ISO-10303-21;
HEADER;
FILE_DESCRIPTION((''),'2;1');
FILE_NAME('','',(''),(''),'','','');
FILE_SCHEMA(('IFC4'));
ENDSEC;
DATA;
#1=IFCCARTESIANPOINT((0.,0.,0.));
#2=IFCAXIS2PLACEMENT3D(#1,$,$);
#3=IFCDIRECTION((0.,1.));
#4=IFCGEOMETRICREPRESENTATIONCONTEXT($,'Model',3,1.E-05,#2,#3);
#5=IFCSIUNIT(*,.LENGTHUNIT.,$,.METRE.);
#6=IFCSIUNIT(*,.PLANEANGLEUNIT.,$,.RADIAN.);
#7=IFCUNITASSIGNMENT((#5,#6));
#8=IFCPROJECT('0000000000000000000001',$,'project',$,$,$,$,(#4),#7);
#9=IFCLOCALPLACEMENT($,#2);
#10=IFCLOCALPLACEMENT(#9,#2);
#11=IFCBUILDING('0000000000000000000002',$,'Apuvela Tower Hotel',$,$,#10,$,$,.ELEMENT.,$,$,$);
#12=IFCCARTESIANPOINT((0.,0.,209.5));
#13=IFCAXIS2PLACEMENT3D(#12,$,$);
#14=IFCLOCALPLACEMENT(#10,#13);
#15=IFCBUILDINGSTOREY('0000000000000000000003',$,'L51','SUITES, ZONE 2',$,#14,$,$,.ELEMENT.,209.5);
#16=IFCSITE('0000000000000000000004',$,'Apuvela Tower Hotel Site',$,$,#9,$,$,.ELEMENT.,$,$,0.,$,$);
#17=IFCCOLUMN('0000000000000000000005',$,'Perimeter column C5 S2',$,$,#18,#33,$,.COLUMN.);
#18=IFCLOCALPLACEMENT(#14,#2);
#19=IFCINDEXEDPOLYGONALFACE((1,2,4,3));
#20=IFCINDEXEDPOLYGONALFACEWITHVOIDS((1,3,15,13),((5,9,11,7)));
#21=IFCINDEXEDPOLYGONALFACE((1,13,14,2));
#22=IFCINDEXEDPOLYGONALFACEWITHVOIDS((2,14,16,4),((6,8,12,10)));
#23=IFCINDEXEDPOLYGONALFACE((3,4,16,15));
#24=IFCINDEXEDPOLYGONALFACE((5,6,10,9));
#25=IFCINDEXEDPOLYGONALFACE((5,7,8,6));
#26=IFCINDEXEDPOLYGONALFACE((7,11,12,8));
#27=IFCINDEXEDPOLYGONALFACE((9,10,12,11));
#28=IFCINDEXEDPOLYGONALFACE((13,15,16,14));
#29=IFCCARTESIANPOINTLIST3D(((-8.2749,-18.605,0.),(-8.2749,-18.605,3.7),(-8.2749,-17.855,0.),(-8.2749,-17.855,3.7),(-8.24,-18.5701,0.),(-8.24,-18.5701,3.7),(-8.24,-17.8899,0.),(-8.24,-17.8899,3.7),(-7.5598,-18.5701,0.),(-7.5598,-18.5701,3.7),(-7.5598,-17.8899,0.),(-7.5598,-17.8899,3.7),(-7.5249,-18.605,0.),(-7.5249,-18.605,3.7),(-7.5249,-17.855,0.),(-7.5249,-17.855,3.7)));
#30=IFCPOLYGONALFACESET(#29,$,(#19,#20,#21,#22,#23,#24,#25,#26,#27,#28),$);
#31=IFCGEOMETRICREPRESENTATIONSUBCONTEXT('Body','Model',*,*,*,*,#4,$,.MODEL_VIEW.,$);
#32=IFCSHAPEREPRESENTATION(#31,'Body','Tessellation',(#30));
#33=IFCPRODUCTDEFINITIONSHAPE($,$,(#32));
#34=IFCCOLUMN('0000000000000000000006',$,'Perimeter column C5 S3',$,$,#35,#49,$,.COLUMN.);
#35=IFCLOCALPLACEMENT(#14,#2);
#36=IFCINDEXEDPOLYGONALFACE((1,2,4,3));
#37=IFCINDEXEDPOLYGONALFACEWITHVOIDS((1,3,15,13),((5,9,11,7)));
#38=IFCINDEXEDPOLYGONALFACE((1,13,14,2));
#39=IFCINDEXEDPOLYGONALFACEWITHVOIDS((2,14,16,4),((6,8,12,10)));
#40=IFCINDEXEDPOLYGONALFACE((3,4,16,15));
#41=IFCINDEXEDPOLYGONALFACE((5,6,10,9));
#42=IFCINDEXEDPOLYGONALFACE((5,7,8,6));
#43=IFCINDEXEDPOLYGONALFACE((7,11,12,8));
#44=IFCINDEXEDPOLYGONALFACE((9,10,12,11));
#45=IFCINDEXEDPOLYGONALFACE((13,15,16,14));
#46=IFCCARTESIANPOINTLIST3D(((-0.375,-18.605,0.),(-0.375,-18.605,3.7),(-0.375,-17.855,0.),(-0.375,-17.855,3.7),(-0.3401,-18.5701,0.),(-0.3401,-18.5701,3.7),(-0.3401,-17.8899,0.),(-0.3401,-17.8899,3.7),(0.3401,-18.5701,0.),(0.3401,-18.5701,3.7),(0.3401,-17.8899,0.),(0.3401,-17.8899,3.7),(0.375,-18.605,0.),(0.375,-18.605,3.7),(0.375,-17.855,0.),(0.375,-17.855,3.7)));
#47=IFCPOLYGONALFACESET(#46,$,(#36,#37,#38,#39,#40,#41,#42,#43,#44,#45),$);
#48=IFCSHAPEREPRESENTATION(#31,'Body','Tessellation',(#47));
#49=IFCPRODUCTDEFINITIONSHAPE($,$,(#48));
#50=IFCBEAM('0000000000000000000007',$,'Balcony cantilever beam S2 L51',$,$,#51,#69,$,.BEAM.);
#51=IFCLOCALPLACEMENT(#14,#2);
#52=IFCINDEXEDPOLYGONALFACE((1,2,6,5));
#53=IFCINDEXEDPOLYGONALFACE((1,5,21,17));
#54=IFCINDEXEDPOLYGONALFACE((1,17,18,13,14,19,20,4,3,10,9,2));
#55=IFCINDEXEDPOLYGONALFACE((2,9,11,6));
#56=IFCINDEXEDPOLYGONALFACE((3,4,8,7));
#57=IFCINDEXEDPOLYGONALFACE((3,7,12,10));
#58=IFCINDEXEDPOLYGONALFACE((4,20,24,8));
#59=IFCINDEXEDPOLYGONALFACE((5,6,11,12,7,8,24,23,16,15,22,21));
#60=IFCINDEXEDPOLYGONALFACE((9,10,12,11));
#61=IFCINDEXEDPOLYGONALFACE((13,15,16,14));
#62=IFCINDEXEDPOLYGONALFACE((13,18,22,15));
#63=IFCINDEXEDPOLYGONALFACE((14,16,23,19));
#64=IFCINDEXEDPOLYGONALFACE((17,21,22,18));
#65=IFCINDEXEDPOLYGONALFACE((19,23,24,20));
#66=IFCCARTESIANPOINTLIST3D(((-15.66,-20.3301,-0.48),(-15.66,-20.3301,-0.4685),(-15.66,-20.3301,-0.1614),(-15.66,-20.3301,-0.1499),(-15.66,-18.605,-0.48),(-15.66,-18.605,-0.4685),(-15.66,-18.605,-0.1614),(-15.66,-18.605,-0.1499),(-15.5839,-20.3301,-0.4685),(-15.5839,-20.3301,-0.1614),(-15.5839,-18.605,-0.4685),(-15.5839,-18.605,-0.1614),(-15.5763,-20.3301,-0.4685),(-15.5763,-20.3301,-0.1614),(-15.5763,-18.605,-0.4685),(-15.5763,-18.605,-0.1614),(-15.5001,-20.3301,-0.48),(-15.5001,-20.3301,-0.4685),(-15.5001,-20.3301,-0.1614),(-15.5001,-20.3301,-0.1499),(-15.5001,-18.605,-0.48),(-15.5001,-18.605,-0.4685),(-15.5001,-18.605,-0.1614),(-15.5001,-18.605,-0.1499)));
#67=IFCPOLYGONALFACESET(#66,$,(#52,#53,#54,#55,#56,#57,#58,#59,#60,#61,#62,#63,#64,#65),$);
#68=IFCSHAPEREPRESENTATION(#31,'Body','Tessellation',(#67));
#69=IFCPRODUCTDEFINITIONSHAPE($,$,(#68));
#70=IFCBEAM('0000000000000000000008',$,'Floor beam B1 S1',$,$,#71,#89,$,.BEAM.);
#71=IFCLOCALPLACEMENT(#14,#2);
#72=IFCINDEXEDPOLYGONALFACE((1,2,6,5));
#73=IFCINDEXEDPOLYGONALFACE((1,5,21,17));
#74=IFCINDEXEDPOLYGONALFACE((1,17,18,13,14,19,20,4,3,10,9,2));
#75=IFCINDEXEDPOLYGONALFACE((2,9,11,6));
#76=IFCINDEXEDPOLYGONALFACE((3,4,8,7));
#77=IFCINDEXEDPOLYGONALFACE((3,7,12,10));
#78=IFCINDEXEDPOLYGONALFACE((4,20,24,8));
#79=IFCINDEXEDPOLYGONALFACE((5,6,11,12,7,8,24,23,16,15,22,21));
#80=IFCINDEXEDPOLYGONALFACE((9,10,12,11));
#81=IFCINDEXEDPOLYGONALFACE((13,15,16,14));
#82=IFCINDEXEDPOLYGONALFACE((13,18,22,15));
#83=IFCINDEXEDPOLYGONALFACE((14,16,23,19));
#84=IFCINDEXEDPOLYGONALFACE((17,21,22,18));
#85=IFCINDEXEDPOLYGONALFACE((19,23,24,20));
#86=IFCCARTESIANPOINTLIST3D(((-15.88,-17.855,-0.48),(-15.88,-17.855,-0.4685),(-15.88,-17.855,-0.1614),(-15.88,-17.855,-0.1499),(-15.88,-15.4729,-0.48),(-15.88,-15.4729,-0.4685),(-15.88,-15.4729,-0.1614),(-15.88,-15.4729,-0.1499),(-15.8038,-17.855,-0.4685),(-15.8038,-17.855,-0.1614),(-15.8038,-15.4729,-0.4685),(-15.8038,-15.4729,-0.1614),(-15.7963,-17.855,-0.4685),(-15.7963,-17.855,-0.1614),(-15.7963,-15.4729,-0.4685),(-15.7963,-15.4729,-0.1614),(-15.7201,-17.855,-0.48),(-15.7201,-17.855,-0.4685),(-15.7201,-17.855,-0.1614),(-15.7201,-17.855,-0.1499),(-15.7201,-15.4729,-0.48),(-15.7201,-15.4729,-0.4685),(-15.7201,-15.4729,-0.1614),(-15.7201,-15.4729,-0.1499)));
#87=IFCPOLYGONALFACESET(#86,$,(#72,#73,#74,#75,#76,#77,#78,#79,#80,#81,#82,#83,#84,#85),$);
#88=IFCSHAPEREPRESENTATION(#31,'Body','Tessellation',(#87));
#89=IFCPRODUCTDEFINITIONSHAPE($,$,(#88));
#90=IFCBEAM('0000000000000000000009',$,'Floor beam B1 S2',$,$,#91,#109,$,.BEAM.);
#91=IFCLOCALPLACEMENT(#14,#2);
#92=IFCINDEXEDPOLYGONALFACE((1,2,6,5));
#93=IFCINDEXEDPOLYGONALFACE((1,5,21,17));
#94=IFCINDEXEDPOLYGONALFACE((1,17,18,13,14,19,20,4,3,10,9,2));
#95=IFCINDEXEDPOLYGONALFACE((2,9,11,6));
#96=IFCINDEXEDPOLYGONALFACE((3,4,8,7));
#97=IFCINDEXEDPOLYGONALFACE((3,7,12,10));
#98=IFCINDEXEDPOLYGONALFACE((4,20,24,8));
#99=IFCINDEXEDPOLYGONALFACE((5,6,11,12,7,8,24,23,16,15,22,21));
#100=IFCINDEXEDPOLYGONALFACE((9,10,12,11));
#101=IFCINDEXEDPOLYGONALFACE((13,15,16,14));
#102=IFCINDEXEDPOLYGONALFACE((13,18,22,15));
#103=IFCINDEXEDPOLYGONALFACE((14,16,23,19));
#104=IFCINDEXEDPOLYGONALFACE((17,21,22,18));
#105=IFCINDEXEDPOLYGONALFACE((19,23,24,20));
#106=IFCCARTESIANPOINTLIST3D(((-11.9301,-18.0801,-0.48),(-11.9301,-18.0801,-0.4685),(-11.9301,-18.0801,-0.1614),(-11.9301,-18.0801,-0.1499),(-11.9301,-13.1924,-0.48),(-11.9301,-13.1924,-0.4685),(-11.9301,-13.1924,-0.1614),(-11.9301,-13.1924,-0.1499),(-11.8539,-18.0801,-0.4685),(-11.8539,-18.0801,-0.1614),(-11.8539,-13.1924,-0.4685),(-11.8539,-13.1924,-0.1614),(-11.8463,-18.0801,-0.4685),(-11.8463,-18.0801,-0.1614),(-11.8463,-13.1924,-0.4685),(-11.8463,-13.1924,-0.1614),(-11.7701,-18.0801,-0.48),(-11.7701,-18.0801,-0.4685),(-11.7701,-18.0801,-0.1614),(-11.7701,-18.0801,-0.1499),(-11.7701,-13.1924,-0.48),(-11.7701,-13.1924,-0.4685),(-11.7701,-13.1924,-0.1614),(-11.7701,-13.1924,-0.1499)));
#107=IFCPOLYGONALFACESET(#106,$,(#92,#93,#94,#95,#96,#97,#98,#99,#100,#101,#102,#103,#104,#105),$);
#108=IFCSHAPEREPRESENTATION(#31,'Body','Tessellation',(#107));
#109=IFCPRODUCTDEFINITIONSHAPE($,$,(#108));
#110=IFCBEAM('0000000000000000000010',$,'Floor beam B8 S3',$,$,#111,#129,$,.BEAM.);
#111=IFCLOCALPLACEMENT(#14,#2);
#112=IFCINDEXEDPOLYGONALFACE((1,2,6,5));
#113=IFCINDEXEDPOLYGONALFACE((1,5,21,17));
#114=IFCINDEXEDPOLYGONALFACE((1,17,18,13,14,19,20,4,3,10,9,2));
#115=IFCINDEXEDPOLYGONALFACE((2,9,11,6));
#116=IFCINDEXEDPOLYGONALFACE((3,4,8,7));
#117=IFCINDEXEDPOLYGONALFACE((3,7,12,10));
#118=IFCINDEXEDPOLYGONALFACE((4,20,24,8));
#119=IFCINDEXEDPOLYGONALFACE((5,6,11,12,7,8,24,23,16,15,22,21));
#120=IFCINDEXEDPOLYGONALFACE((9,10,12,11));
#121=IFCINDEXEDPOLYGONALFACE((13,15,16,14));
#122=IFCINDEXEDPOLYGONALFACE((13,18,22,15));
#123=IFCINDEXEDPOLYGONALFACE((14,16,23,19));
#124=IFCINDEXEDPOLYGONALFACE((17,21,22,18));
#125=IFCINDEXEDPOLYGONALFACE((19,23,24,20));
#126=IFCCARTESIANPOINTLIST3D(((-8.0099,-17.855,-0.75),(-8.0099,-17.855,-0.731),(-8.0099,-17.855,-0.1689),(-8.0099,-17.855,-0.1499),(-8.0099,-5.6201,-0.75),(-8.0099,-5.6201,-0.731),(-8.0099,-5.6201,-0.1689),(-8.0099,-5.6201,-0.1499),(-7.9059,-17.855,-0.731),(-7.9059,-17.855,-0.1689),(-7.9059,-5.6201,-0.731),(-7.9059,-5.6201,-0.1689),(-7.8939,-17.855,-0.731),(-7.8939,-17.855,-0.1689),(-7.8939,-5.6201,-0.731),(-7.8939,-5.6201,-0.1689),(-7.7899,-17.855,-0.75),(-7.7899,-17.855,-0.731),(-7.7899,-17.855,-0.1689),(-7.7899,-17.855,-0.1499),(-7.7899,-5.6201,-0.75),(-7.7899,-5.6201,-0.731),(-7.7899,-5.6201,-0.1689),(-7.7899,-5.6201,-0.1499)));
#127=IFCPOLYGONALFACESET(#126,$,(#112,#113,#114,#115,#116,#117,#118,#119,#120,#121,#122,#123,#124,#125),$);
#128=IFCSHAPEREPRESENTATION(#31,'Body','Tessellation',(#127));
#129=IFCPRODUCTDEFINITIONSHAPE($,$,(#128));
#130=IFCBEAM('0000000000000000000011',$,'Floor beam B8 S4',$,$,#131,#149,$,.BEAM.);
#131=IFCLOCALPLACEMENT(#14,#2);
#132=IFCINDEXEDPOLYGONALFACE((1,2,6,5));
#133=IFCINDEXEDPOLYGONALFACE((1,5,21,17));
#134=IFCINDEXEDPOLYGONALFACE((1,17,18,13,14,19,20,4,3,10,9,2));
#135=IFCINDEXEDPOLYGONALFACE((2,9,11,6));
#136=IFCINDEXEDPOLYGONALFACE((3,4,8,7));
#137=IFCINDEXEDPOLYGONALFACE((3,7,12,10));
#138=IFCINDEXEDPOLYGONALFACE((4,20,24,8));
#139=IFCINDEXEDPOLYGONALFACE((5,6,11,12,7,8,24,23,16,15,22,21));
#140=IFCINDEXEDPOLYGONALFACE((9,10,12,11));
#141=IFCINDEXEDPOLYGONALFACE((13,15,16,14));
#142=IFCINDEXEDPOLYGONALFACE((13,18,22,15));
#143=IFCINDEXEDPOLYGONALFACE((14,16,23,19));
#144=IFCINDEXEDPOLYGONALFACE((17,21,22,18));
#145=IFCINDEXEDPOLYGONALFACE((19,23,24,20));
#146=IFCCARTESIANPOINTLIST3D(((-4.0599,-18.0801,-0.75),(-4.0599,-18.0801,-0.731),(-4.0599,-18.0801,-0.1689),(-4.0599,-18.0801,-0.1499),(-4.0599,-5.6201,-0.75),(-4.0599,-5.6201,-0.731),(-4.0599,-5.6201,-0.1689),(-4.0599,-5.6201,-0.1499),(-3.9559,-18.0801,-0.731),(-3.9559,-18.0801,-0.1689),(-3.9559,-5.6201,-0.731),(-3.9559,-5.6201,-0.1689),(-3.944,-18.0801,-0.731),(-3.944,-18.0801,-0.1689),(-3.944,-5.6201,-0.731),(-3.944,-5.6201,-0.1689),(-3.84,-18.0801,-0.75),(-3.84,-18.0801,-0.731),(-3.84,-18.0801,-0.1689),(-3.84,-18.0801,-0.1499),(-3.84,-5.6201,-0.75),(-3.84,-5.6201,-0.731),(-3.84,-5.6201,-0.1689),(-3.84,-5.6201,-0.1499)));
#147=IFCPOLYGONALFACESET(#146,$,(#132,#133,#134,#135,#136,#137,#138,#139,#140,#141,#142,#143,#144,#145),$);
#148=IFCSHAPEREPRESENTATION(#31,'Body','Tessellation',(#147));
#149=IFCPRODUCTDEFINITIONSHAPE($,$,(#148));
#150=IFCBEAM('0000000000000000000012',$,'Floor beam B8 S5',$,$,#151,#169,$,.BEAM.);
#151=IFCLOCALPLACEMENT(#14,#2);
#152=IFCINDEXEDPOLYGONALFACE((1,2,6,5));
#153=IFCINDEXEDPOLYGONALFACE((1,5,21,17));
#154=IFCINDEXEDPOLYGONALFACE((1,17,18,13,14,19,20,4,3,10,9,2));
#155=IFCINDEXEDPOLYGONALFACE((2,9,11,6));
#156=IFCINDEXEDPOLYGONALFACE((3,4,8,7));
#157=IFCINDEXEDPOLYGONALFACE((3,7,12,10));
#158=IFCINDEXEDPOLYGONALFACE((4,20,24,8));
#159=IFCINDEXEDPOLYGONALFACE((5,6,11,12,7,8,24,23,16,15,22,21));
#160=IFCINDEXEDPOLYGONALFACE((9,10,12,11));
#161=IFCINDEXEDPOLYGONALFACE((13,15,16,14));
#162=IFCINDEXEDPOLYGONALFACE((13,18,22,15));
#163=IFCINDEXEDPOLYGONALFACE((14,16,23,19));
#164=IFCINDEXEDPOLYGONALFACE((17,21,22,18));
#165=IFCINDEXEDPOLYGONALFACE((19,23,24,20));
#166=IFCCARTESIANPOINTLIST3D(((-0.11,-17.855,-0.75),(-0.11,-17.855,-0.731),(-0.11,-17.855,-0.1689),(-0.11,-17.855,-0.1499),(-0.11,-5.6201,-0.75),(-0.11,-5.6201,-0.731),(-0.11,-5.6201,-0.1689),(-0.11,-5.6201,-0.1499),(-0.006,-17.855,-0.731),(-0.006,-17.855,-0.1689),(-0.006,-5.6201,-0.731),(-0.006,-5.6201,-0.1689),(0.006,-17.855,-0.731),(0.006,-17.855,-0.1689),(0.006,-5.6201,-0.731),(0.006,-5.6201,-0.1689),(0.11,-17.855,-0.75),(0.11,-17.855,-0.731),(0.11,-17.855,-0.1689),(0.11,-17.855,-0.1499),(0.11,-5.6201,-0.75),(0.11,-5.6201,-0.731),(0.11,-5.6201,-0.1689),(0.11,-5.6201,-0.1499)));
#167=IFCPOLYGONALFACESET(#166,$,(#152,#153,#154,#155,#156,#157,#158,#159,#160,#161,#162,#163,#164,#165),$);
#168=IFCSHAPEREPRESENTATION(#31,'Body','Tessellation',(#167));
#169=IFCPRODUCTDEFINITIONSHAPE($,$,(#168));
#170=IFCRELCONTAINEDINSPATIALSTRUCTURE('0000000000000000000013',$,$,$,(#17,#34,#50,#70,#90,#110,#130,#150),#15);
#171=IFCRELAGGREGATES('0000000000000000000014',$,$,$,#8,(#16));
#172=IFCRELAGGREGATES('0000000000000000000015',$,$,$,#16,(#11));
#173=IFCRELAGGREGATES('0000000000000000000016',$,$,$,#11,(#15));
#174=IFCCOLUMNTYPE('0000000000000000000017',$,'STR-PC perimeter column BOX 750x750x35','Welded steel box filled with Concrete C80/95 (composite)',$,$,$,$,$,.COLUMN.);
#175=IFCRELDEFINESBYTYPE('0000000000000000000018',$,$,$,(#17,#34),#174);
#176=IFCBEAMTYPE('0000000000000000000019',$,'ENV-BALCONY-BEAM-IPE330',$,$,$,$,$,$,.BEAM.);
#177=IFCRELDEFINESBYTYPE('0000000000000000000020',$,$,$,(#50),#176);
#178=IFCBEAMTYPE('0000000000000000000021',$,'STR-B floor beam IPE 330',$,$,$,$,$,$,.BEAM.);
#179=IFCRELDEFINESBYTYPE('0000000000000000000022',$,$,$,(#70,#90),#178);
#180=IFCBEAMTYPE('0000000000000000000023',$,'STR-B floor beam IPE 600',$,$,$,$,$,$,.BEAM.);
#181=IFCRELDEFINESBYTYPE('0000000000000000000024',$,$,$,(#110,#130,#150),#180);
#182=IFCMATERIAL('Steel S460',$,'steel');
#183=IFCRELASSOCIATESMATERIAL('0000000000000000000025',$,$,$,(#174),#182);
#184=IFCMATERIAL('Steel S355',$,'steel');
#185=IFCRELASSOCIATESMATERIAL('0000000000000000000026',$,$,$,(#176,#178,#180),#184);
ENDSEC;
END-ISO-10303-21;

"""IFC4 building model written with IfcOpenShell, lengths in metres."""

from ifc_helpers import new_model, si_unit, direction, frame, origin, origin_2d, place, context, subcontext, project, spatial, rectangle, hollow_rectangle, i_section, extrude, material, material_profile, profile_set, type_object, element, save


model = new_model("IFC4")

# Units and contexts
model_context = context("Model", 3, precision=1e-05, world=origin(), true_north=direction((0.0, 1.0)))
body_context = subcontext(model_context, "Body", "Model", "MODEL_VIEW")
ifc_project = project(units=[si_unit("LENGTHUNIT", "METRE"), si_unit("PLANEANGLEUNIT", "RADIAN")], contexts=[model_context])

# Site, building, storey
site_placement = place(None, origin())
site = spatial("IfcSite", under=ifc_project, at=site_placement, Name="Apuvela Tower Hotel Site", CompositionType="ELEMENT", RefElevation=0.0)
building_placement = place(site_placement, origin())
building = spatial("IfcBuilding", under=site, at=building_placement, Name="Apuvela Tower Hotel", CompositionType="ELEMENT")
storey_placement = place(building_placement, frame((0.0, 0.0, 209.5)))
storey = spatial("IfcBuildingStorey", under=building, at=storey_placement, Name="L51", Description="SUITES, ZONE 2", CompositionType="ELEMENT", Elevation=209.5)

# Columns
ifc_material_1 = material(Name="Steel S460", Category="steel")
ifc_material_profile_1 = material_profile(ifc_material_1, hollow_rectangle(XDim=0.75, YDim=0.75, WallThickness=0.0349, at=origin_2d()), Name="BOX 750x750x35")
ifc_material_2 = material(Name="Concrete C80/95", Category="concrete")
ifc_material_profile_2 = material_profile(ifc_material_2, rectangle(XDim=0.6799, YDim=0.6799, at=origin_2d()), Name="Concrete C80/95 infill")
ifc_profile_set_1 = profile_set([ifc_material_profile_1, ifc_material_profile_2], Name="Steel S460")
column_type = type_object("IfcColumnType", Name="STR-PC perimeter column BOX 750x750x35", Description="Welded steel box filled with Concrete C80/95 (composite)", PredefinedType="COLUMN", material=ifc_profile_set_1)
for number, where, z_axis, x_axis, name in (
    (1, (-7.8999, -18.23, 0.0), (0.0, 0.0, 1.0), (-1.0, 0.0, 0.0), "Perimeter column C5 S2"),
    (2, (0.0, -18.23, 0.0), (0.0, 0.0, 1.0), (-1.0, 0.0, 0.0), "Perimeter column C5 S3"),
):
    element("IfcColumn", number, at=place(storey_placement, frame(where, z_axis=z_axis, x_axis=x_axis)), inside=storey, type_object=column_type, Name=name, PredefinedType="COLUMN", context=body_context, shape_type="SweptSolid", body=[
        extrude(hollow_rectangle(XDim=0.75, YDim=0.75, WallThickness=0.0349, at=origin_2d()), origin(), (0.0, 0.0, 1.0), 3.7),
    ])

# Beams
ifc_material_3 = material(Name="Steel S355", Category="steel")
ifc_material_profile_3 = material_profile(ifc_material_3, i_section(OverallWidth=0.1599, OverallDepth=0.3301, WebThickness=0.0076, FlangeThickness=0.0115, at=origin_2d()), Name="IPE 330")
ifc_profile_set_2 = profile_set([ifc_material_profile_3], Name="Steel S355")
beam_type_1 = type_object("IfcBeamType", Name="ENV-BALCONY-BEAM-IPE330", PredefinedType="BEAM", material=ifc_profile_set_2)
beam_1_placement = place(storey_placement, frame((-15.5801, -18.605, -0.3149), z_axis=(0.0, -1.0, 0.0), x_axis=(1.0, 0.0, 0.0)))
element("IfcBeam", 3, at=beam_1_placement, inside=storey, type_object=beam_type_1, Name="Balcony cantilever beam S2 L51", PredefinedType="BEAM", context=body_context, shape_type="SweptSolid", body=[
    extrude(i_section(OverallWidth=0.1599, OverallDepth=0.3301, WebThickness=0.0076, FlangeThickness=0.0115, at=origin_2d()), origin(), (0.0, 0.0, 1.0), 1.7251),
])
ifc_material_profile_4 = material_profile(ifc_material_3, i_section(OverallWidth=0.1599, OverallDepth=0.3301, WebThickness=0.0076, FlangeThickness=0.0115, at=origin_2d()), Name="IPE 330")
ifc_profile_set_3 = profile_set([ifc_material_profile_4], Name="Steel S355")
beam_type_2 = type_object("IfcBeamType", Name="STR-B floor beam IPE 330", PredefinedType="BEAM", material=ifc_profile_set_3)
beam_2_placement = place(storey_placement, frame((-15.8, -17.855, -0.3149), z_axis=(0.0, 1.0, 0.0), x_axis=(-1.0, 0.0, 0.0)))
element("IfcBeam", 4, at=beam_2_placement, inside=storey, type_object=beam_type_2, Name="Floor beam B1 S1", PredefinedType="BEAM", context=body_context, shape_type="SweptSolid", body=[
    extrude(i_section(OverallWidth=0.1599, OverallDepth=0.3301, WebThickness=0.0076, FlangeThickness=0.0115, at=origin_2d()), origin(), (0.0, 0.0, 1.0), 2.3821),
])
beam_3_placement = place(storey_placement, frame((-11.8501, -18.0801, -0.3149), z_axis=(0.0, 1.0, 0.0), x_axis=(-1.0, 0.0, 0.0)))
element("IfcBeam", 5, at=beam_3_placement, inside=storey, type_object=beam_type_2, Name="Floor beam B1 S2", PredefinedType="BEAM", context=body_context, shape_type="SweptSolid", body=[
    extrude(i_section(OverallWidth=0.1599, OverallDepth=0.3301, WebThickness=0.0076, FlangeThickness=0.0115, at=origin_2d()), origin(), (0.0, 0.0, 1.0), 4.8877),
])
ifc_material_profile_5 = material_profile(ifc_material_3, i_section(OverallWidth=0.22, OverallDepth=0.6001, WebThickness=0.012, FlangeThickness=0.019, at=origin_2d()), Name="IPE 600")
ifc_profile_set_4 = profile_set([ifc_material_profile_5], Name="Steel S355")
beam_type_3 = type_object("IfcBeamType", Name="STR-B floor beam IPE 600", PredefinedType="BEAM", material=ifc_profile_set_4)
beam_4_placement = place(storey_placement, frame((-7.8999, -17.855, -0.45), z_axis=(0.0, 1.0, 0.0), x_axis=(-1.0, 0.0, 0.0)))
element("IfcBeam", 6, at=beam_4_placement, inside=storey, type_object=beam_type_3, Name="Floor beam B8 S3", PredefinedType="BEAM", context=body_context, shape_type="SweptSolid", body=[
    extrude(i_section(OverallWidth=0.22, OverallDepth=0.6001, WebThickness=0.012, FlangeThickness=0.019, at=origin_2d()), origin(), (0.0, 0.0, 1.0), 12.2349),
])
beam_5_placement = place(storey_placement, frame((-3.95, -18.0801, -0.45), z_axis=(0.0, 1.0, 0.0), x_axis=(-1.0, 0.0, 0.0)))
element("IfcBeam", 7, at=beam_5_placement, inside=storey, type_object=beam_type_3, Name="Floor beam B8 S4", PredefinedType="BEAM", context=body_context, shape_type="SweptSolid", body=[
    extrude(i_section(OverallWidth=0.22, OverallDepth=0.6001, WebThickness=0.012, FlangeThickness=0.019, at=origin_2d()), origin(), (0.0, 0.0, 1.0), 12.46),
])
beam_6_placement = place(storey_placement, frame((0.0, -17.855, -0.45), z_axis=(0.0, 1.0, 0.0), x_axis=(-1.0, 0.0, 0.0)))
element("IfcBeam", 8, at=beam_6_placement, inside=storey, type_object=beam_type_3, Name="Floor beam B8 S5", PredefinedType="BEAM", context=body_context, shape_type="SweptSolid", body=[
    extrude(i_section(OverallWidth=0.22, OverallDepth=0.6001, WebThickness=0.012, FlangeThickness=0.019, at=origin_2d()), origin(), (0.0, 0.0, 1.0), 12.2349),
])

save(model, "model.ifc")
